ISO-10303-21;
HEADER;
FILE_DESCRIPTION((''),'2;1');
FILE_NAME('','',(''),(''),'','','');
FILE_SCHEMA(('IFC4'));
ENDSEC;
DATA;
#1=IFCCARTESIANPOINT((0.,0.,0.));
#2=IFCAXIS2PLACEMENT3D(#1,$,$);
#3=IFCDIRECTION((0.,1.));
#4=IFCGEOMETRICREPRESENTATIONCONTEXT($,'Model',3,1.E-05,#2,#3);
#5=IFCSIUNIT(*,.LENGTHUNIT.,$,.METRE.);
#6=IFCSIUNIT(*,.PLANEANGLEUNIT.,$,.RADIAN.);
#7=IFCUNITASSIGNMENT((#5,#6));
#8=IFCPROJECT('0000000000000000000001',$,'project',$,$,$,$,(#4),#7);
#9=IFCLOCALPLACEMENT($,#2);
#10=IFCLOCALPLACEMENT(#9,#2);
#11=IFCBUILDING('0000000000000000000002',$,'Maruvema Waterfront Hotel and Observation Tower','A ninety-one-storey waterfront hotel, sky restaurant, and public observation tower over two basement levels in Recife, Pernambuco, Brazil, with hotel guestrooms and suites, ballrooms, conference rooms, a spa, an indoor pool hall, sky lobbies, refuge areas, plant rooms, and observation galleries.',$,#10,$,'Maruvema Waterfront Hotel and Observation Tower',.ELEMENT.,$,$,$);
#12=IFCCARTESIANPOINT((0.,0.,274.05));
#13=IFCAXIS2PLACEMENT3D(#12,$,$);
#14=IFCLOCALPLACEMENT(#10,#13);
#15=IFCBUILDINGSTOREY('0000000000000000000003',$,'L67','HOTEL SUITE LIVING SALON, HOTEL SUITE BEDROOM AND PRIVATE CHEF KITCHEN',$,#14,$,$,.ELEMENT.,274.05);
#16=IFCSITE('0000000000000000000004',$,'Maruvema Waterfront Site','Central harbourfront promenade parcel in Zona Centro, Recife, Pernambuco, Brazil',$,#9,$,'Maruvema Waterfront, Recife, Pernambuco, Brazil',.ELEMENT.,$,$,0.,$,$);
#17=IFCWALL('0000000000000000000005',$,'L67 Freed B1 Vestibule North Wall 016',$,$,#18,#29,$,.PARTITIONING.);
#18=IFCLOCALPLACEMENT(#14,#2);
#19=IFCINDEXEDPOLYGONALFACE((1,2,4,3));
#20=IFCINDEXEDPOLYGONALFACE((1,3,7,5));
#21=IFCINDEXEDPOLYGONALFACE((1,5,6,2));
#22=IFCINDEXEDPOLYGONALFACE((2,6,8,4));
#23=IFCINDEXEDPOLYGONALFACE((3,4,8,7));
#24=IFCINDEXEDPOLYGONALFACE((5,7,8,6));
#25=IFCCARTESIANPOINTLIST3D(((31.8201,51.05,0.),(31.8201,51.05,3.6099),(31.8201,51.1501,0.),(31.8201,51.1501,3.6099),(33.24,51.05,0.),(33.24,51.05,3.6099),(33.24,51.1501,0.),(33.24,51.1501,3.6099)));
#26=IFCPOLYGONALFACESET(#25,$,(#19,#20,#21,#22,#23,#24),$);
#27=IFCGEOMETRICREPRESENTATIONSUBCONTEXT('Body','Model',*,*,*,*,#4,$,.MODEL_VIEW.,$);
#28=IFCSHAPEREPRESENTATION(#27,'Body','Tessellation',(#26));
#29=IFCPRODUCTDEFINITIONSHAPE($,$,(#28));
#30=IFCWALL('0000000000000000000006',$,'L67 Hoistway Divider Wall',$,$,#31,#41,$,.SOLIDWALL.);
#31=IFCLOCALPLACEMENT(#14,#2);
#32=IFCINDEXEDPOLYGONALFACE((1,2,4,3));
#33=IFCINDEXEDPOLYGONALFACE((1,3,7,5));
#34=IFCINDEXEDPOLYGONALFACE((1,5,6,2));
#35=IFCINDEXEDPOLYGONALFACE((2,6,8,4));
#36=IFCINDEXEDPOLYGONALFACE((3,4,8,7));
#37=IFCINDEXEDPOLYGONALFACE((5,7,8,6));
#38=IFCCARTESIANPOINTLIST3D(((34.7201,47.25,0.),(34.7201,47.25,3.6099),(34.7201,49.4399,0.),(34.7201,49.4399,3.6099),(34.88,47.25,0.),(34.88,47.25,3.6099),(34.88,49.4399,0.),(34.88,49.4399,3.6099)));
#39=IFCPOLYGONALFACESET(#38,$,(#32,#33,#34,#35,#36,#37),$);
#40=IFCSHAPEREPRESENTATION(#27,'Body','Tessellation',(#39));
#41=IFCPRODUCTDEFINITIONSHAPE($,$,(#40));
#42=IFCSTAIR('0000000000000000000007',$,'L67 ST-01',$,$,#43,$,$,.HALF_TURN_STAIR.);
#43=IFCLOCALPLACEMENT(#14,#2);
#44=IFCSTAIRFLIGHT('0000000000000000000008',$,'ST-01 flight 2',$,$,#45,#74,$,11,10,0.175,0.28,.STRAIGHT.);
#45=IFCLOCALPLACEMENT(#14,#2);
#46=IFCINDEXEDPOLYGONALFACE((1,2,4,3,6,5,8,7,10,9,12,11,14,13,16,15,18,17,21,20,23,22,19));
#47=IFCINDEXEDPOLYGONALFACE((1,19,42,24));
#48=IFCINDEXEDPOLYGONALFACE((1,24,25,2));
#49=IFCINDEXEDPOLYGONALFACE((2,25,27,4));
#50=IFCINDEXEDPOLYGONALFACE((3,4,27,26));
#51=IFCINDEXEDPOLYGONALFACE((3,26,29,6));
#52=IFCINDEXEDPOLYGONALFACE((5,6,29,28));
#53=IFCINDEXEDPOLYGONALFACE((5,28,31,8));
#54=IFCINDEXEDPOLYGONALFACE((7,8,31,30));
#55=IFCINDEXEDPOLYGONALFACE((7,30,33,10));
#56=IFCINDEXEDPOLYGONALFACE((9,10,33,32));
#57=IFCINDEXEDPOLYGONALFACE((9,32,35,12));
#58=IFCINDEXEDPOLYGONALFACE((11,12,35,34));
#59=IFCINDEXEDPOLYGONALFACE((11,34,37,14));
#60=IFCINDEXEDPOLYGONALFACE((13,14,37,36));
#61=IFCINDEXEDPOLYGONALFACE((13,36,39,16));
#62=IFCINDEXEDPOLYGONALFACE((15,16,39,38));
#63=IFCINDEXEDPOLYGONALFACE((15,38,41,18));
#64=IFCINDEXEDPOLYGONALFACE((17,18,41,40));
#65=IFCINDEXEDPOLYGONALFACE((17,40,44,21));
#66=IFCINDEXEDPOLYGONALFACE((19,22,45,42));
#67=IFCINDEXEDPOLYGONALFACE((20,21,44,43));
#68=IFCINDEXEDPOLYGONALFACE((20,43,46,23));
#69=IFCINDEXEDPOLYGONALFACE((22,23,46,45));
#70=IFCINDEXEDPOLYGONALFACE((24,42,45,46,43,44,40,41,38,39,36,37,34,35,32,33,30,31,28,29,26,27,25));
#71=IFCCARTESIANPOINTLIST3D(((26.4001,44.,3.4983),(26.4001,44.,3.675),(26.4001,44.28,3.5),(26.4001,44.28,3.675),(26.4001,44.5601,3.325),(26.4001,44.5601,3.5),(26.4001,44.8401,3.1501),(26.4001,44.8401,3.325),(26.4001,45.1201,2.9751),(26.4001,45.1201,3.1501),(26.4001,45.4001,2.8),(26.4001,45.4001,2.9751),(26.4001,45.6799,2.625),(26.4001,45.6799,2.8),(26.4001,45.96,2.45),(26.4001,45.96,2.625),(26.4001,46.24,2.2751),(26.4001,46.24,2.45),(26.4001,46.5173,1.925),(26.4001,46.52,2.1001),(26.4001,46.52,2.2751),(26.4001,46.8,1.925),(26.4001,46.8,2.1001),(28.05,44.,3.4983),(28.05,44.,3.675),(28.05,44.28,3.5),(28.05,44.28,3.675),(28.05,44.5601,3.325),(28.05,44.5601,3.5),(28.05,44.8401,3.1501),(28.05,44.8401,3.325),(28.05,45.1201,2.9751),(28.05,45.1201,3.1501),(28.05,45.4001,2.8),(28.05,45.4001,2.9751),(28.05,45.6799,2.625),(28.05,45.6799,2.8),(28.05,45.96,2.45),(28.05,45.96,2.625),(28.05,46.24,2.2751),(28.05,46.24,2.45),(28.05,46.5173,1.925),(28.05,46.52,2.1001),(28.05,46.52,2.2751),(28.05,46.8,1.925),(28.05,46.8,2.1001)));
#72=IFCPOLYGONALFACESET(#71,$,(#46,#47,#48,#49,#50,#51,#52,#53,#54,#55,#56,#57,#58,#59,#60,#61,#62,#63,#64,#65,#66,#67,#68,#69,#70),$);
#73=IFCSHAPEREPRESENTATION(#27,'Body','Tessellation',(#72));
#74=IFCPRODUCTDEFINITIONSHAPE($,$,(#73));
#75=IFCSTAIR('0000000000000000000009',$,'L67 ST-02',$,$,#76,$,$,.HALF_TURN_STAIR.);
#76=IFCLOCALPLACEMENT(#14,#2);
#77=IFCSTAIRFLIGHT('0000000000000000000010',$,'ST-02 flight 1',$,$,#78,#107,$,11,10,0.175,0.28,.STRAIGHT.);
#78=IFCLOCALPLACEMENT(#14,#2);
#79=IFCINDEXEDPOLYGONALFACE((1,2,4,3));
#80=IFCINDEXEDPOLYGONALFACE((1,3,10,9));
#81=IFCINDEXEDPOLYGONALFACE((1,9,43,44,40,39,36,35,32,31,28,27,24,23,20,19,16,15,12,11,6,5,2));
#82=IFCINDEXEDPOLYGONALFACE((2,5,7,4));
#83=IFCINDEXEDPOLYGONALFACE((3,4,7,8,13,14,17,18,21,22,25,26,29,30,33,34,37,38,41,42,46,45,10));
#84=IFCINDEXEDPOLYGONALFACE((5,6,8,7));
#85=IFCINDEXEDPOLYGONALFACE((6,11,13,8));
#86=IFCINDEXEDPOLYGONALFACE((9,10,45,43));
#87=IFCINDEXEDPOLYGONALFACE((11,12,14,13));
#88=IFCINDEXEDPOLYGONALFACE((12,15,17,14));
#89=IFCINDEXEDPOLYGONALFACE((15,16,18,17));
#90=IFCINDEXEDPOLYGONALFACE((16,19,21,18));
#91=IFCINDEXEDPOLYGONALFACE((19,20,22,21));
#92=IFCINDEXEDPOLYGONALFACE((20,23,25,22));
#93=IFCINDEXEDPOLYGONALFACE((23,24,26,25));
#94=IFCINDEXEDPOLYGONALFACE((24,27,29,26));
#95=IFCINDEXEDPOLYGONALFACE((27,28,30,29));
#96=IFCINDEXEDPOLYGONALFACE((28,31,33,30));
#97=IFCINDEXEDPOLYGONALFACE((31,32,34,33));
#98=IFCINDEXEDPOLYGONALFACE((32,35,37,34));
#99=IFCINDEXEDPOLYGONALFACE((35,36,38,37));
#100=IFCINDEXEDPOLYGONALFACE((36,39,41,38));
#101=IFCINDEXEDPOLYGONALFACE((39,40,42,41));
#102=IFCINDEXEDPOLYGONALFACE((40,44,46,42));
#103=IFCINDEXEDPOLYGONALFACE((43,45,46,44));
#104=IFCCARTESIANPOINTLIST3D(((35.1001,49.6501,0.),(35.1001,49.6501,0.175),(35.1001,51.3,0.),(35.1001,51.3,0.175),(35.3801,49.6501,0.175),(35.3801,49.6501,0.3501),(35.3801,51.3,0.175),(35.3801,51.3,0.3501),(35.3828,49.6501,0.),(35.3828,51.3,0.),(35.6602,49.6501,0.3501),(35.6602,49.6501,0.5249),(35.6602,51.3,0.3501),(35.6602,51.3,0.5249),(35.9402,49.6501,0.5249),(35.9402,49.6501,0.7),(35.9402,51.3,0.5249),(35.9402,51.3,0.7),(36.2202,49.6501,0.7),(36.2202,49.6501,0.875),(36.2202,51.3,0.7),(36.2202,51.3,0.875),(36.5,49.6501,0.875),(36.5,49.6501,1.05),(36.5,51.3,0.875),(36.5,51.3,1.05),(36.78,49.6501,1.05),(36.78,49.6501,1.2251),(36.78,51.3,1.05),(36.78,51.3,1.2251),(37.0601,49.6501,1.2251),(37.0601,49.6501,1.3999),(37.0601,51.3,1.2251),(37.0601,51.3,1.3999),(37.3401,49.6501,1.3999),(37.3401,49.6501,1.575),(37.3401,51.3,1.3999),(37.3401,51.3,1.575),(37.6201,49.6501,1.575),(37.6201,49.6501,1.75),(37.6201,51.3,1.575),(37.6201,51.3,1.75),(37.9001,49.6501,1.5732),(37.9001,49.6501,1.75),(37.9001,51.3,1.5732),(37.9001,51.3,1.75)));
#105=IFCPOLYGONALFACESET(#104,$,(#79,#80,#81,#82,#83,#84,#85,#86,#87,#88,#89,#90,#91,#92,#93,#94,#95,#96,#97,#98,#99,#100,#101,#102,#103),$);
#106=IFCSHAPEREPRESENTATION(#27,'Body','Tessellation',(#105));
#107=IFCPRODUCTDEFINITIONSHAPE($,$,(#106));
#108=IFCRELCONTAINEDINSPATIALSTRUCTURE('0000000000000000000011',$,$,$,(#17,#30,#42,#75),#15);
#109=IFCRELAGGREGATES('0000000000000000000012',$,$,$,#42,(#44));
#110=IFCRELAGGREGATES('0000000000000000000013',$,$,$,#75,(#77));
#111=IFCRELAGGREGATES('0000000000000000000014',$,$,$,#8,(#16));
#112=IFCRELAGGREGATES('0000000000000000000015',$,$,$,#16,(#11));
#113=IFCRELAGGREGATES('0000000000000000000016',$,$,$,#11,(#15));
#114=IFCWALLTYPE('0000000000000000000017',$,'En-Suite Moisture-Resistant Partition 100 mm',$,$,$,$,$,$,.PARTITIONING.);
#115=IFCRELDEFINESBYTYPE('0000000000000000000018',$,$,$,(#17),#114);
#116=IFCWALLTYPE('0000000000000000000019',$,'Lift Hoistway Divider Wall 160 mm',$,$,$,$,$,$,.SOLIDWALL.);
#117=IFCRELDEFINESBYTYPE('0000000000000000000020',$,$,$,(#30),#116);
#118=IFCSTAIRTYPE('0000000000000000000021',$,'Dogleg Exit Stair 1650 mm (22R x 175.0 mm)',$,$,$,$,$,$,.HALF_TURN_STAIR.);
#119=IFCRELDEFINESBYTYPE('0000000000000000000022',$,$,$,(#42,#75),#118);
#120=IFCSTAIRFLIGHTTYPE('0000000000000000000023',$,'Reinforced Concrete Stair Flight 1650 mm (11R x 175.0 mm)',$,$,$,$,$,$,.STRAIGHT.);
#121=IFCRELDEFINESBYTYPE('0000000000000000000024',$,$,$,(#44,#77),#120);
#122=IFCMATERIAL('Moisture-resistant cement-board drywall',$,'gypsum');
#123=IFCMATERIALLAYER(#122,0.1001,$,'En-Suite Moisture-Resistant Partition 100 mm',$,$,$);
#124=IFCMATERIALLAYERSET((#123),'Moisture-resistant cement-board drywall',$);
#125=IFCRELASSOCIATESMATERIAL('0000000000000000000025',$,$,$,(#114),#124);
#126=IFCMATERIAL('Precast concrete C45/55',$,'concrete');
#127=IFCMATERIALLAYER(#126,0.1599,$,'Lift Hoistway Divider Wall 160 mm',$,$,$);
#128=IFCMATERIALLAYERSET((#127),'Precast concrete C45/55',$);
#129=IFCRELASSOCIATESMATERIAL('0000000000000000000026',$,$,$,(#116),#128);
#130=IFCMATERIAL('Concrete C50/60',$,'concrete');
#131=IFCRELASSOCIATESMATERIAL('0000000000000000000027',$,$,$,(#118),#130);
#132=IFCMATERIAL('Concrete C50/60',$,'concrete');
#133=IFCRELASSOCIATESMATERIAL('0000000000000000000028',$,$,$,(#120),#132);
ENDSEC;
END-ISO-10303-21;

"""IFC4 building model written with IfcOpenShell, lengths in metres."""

from ifc_helpers import new_model, si_unit, direction, frame, frame_2d, origin, place, context, subcontext, project, spatial, polyline, rectangle, outline, extrude, material, layer, layer_set, type_object, element, aggregate, save


model = new_model("IFC4")

# Units and contexts
model_context = context("Model", 3, precision=1e-05, world=origin(), true_north=direction((0.0, 1.0)))
body_context = subcontext(model_context, "Body", "Model", "MODEL_VIEW")
ifc_project = project(units=[si_unit("LENGTHUNIT", "METRE"), si_unit("PLANEANGLEUNIT", "RADIAN")], contexts=[model_context])

# Site, building, storey
site_placement = place(None, origin())
site = spatial("IfcSite", under=ifc_project, at=site_placement, Name="Maruvema Waterfront Site", Description="Central harbourfront promenade parcel in Zona Centro, Recife, Pernambuco, Brazil", LongName="Maruvema Waterfront, Recife, Pernambuco, Brazil", CompositionType="ELEMENT", RefElevation=0.0)
building_placement = place(site_placement, origin())
building = spatial("IfcBuilding", under=site, at=building_placement, Name="Maruvema Waterfront Hotel and Observation Tower", Description="A ninety-one-storey waterfront hotel, sky restaurant, and public observation tower over two basement levels in Recife, Pernambuco, Brazil, with hotel guestrooms and suites, ballrooms, conference rooms, a spa, an indoor pool hall, sky lobbies, refuge areas, plant rooms, and observation galleries.", LongName="Maruvema Waterfront Hotel and Observation Tower", CompositionType="ELEMENT")
storey_placement = place(building_placement, frame((0.0, 0.0, 274.05)))
storey = spatial("IfcBuildingStorey", under=building, at=storey_placement, Name="L67", Description="HOTEL SUITE LIVING SALON, HOTEL SUITE BEDROOM AND PRIVATE CHEF KITCHEN", CompositionType="ELEMENT", Elevation=274.05)

# Shared definitions
ifc_material_1 = material(Name="Moisture-resistant cement-board drywall", Category="gypsum")
ifc_layer_1 = layer(ifc_material_1, 0.1001, Name="En-Suite Moisture-Resistant Partition 100 mm")
ifc_layer_set_1 = layer_set([ifc_layer_1], Name="Moisture-resistant cement-board drywall")
wall_type_1 = type_object("IfcWallType", Name="En-Suite Moisture-Resistant Partition 100 mm", PredefinedType="PARTITIONING", material=ifc_layer_set_1)

# Walls
wall_1_placement = place(storey_placement, frame((31.8201, 51.1001, 0.0), z_axis=(0.0, 0.0, 1.0), x_axis=(1.0, 0.0, 0.0)))
element("IfcWall", 1, at=wall_1_placement, inside=storey, type_object=wall_type_1, Name="L67 Freed B1 Vestibule North Wall 016", PredefinedType="PARTITIONING", context=body_context, shape_type="SweptSolid", body=[
    extrude(rectangle(XDim=1.4199, YDim=0.1001, at=frame_2d((0.71, 0.0))), origin(), (0.0, 0.0, 1.0), 3.6099),
])
ifc_material_2 = material(Name="Precast concrete C45/55", Category="concrete")
ifc_layer_2 = layer(ifc_material_2, 0.1599, Name="Lift Hoistway Divider Wall 160 mm")
ifc_layer_set_2 = layer_set([ifc_layer_2], Name="Precast concrete C45/55")
wall_type_2 = type_object("IfcWallType", Name="Lift Hoistway Divider Wall 160 mm", PredefinedType="SOLIDWALL", material=ifc_layer_set_2)
wall_2_placement = place(storey_placement, frame((34.8, 47.25, 0.0), z_axis=(0.0, 0.0, 1.0), x_axis=(0.0, 1.0, 0.0)))
element("IfcWall", 2, at=wall_2_placement, inside=storey, type_object=wall_type_2, Name="L67 Hoistway Divider Wall", PredefinedType="SOLIDWALL", context=body_context, shape_type="SweptSolid", body=[
    extrude(rectangle(XDim=2.1899, YDim=0.1599, at=frame_2d((1.095, 0.0))), origin(), (0.0, 0.0, 1.0), 3.6099),
])

# Stairs, stair flights
ifc_material_3 = material(Name="Concrete C50/60", Category="concrete")
stair_type = type_object("IfcStairType", Name="Dogleg Exit Stair 1650 mm (22R x 175.0 mm)", PredefinedType="HALF_TURN_STAIR", material=ifc_material_3)
stair_1_placement = place(storey_placement, origin())
stair_1 = element("IfcStair", 3, at=stair_1_placement, inside=storey, type_object=stair_type, Name="L67 ST-01", PredefinedType="HALF_TURN_STAIR")
ifc_material_4 = material(Name="Concrete C50/60", Category="concrete")
stair_flight_type = type_object("IfcStairFlightType", Name="Reinforced Concrete Stair Flight 1650 mm (11R x 175.0 mm)", PredefinedType="STRAIGHT", material=ifc_material_4)
stair_flight_1_placement = place(storey_placement, frame((27.2251, 46.8, 1.925), z_axis=(0.0, 0.0, 1.0), x_axis=(0.0, -1.0, 0.0)))
stair_flight_1 = element("IfcStairFlight", 4, at=stair_flight_1_placement, type_object=stair_flight_type, Name="ST-01 flight 2", NumberOfRisers=11, NumberOfTreads=10, PredefinedType="STRAIGHT", RiserHeight=0.175, TreadLength=0.28, context=body_context, shape_type="SweptSolid", body=[
    extrude(outline(polyline([(0.0, 0.0), (0.0, 0.175), (0.28, 0.175), (0.28, 0.3501), (0.5601, 0.3501), (0.5601, 0.5249), (0.8401, 0.5249), (0.8401, 0.7), (1.1201, 0.7), (1.1201, 0.875), (1.3999, 0.875), (1.3999, 1.05), (1.6799, 1.05), (1.6799, 1.2251), (1.96, 1.2251), (1.96, 1.3999), (2.24, 1.3999), (2.24, 1.575), (2.52, 1.575), (2.52, 1.75), (2.8, 1.75), (2.8, 1.925), (2.8, 1.5732), (0.2827, 0.0), (0.0, 0.0)])), frame((0.0, 0.825, 0.0), z_axis=(0.0, -1.0, 0.0), x_axis=(1.0, 0.0, 0.0)), (0.0, 0.0, 1.0), 1.6499),
])
aggregate(stair_1, [stair_flight_1])
stair_2_placement = place(storey_placement, origin())
stair_2 = element("IfcStair", 5, at=stair_2_placement, inside=storey, type_object=stair_type, Name="L67 ST-02", PredefinedType="HALF_TURN_STAIR")
stair_flight_2_placement = place(storey_placement, frame((35.1001, 50.4751, 0.0), z_axis=(0.0, 0.0, 1.0), x_axis=(1.0, 0.0, 0.0)))
stair_flight_2 = element("IfcStairFlight", 6, at=stair_flight_2_placement, type_object=stair_flight_type, Name="ST-02 flight 1", NumberOfRisers=11, NumberOfTreads=10, PredefinedType="STRAIGHT", RiserHeight=0.175, TreadLength=0.28, context=body_context, shape_type="SweptSolid", body=[
    extrude(outline(polyline([(0.0, 0.0), (0.0, 0.175), (0.28, 0.175), (0.28, 0.3501), (0.5601, 0.3501), (0.5601, 0.5249), (0.8401, 0.5249), (0.8401, 0.7), (1.1201, 0.7), (1.1201, 0.875), (1.3999, 0.875), (1.3999, 1.05), (1.6799, 1.05), (1.6799, 1.2251), (1.96, 1.2251), (1.96, 1.3999), (2.24, 1.3999), (2.24, 1.575), (2.52, 1.575), (2.52, 1.75), (2.8, 1.75), (2.8, 1.925), (2.8, 1.5732), (0.2827, 0.0), (0.0, 0.0)])), frame((0.0, 0.825, 0.0), z_axis=(0.0, -1.0, 0.0), x_axis=(1.0, 0.0, 0.0)), (0.0, 0.0, 1.0), 1.6499),
])
aggregate(stair_2, [stair_flight_2])

save(model, "model.ifc")
